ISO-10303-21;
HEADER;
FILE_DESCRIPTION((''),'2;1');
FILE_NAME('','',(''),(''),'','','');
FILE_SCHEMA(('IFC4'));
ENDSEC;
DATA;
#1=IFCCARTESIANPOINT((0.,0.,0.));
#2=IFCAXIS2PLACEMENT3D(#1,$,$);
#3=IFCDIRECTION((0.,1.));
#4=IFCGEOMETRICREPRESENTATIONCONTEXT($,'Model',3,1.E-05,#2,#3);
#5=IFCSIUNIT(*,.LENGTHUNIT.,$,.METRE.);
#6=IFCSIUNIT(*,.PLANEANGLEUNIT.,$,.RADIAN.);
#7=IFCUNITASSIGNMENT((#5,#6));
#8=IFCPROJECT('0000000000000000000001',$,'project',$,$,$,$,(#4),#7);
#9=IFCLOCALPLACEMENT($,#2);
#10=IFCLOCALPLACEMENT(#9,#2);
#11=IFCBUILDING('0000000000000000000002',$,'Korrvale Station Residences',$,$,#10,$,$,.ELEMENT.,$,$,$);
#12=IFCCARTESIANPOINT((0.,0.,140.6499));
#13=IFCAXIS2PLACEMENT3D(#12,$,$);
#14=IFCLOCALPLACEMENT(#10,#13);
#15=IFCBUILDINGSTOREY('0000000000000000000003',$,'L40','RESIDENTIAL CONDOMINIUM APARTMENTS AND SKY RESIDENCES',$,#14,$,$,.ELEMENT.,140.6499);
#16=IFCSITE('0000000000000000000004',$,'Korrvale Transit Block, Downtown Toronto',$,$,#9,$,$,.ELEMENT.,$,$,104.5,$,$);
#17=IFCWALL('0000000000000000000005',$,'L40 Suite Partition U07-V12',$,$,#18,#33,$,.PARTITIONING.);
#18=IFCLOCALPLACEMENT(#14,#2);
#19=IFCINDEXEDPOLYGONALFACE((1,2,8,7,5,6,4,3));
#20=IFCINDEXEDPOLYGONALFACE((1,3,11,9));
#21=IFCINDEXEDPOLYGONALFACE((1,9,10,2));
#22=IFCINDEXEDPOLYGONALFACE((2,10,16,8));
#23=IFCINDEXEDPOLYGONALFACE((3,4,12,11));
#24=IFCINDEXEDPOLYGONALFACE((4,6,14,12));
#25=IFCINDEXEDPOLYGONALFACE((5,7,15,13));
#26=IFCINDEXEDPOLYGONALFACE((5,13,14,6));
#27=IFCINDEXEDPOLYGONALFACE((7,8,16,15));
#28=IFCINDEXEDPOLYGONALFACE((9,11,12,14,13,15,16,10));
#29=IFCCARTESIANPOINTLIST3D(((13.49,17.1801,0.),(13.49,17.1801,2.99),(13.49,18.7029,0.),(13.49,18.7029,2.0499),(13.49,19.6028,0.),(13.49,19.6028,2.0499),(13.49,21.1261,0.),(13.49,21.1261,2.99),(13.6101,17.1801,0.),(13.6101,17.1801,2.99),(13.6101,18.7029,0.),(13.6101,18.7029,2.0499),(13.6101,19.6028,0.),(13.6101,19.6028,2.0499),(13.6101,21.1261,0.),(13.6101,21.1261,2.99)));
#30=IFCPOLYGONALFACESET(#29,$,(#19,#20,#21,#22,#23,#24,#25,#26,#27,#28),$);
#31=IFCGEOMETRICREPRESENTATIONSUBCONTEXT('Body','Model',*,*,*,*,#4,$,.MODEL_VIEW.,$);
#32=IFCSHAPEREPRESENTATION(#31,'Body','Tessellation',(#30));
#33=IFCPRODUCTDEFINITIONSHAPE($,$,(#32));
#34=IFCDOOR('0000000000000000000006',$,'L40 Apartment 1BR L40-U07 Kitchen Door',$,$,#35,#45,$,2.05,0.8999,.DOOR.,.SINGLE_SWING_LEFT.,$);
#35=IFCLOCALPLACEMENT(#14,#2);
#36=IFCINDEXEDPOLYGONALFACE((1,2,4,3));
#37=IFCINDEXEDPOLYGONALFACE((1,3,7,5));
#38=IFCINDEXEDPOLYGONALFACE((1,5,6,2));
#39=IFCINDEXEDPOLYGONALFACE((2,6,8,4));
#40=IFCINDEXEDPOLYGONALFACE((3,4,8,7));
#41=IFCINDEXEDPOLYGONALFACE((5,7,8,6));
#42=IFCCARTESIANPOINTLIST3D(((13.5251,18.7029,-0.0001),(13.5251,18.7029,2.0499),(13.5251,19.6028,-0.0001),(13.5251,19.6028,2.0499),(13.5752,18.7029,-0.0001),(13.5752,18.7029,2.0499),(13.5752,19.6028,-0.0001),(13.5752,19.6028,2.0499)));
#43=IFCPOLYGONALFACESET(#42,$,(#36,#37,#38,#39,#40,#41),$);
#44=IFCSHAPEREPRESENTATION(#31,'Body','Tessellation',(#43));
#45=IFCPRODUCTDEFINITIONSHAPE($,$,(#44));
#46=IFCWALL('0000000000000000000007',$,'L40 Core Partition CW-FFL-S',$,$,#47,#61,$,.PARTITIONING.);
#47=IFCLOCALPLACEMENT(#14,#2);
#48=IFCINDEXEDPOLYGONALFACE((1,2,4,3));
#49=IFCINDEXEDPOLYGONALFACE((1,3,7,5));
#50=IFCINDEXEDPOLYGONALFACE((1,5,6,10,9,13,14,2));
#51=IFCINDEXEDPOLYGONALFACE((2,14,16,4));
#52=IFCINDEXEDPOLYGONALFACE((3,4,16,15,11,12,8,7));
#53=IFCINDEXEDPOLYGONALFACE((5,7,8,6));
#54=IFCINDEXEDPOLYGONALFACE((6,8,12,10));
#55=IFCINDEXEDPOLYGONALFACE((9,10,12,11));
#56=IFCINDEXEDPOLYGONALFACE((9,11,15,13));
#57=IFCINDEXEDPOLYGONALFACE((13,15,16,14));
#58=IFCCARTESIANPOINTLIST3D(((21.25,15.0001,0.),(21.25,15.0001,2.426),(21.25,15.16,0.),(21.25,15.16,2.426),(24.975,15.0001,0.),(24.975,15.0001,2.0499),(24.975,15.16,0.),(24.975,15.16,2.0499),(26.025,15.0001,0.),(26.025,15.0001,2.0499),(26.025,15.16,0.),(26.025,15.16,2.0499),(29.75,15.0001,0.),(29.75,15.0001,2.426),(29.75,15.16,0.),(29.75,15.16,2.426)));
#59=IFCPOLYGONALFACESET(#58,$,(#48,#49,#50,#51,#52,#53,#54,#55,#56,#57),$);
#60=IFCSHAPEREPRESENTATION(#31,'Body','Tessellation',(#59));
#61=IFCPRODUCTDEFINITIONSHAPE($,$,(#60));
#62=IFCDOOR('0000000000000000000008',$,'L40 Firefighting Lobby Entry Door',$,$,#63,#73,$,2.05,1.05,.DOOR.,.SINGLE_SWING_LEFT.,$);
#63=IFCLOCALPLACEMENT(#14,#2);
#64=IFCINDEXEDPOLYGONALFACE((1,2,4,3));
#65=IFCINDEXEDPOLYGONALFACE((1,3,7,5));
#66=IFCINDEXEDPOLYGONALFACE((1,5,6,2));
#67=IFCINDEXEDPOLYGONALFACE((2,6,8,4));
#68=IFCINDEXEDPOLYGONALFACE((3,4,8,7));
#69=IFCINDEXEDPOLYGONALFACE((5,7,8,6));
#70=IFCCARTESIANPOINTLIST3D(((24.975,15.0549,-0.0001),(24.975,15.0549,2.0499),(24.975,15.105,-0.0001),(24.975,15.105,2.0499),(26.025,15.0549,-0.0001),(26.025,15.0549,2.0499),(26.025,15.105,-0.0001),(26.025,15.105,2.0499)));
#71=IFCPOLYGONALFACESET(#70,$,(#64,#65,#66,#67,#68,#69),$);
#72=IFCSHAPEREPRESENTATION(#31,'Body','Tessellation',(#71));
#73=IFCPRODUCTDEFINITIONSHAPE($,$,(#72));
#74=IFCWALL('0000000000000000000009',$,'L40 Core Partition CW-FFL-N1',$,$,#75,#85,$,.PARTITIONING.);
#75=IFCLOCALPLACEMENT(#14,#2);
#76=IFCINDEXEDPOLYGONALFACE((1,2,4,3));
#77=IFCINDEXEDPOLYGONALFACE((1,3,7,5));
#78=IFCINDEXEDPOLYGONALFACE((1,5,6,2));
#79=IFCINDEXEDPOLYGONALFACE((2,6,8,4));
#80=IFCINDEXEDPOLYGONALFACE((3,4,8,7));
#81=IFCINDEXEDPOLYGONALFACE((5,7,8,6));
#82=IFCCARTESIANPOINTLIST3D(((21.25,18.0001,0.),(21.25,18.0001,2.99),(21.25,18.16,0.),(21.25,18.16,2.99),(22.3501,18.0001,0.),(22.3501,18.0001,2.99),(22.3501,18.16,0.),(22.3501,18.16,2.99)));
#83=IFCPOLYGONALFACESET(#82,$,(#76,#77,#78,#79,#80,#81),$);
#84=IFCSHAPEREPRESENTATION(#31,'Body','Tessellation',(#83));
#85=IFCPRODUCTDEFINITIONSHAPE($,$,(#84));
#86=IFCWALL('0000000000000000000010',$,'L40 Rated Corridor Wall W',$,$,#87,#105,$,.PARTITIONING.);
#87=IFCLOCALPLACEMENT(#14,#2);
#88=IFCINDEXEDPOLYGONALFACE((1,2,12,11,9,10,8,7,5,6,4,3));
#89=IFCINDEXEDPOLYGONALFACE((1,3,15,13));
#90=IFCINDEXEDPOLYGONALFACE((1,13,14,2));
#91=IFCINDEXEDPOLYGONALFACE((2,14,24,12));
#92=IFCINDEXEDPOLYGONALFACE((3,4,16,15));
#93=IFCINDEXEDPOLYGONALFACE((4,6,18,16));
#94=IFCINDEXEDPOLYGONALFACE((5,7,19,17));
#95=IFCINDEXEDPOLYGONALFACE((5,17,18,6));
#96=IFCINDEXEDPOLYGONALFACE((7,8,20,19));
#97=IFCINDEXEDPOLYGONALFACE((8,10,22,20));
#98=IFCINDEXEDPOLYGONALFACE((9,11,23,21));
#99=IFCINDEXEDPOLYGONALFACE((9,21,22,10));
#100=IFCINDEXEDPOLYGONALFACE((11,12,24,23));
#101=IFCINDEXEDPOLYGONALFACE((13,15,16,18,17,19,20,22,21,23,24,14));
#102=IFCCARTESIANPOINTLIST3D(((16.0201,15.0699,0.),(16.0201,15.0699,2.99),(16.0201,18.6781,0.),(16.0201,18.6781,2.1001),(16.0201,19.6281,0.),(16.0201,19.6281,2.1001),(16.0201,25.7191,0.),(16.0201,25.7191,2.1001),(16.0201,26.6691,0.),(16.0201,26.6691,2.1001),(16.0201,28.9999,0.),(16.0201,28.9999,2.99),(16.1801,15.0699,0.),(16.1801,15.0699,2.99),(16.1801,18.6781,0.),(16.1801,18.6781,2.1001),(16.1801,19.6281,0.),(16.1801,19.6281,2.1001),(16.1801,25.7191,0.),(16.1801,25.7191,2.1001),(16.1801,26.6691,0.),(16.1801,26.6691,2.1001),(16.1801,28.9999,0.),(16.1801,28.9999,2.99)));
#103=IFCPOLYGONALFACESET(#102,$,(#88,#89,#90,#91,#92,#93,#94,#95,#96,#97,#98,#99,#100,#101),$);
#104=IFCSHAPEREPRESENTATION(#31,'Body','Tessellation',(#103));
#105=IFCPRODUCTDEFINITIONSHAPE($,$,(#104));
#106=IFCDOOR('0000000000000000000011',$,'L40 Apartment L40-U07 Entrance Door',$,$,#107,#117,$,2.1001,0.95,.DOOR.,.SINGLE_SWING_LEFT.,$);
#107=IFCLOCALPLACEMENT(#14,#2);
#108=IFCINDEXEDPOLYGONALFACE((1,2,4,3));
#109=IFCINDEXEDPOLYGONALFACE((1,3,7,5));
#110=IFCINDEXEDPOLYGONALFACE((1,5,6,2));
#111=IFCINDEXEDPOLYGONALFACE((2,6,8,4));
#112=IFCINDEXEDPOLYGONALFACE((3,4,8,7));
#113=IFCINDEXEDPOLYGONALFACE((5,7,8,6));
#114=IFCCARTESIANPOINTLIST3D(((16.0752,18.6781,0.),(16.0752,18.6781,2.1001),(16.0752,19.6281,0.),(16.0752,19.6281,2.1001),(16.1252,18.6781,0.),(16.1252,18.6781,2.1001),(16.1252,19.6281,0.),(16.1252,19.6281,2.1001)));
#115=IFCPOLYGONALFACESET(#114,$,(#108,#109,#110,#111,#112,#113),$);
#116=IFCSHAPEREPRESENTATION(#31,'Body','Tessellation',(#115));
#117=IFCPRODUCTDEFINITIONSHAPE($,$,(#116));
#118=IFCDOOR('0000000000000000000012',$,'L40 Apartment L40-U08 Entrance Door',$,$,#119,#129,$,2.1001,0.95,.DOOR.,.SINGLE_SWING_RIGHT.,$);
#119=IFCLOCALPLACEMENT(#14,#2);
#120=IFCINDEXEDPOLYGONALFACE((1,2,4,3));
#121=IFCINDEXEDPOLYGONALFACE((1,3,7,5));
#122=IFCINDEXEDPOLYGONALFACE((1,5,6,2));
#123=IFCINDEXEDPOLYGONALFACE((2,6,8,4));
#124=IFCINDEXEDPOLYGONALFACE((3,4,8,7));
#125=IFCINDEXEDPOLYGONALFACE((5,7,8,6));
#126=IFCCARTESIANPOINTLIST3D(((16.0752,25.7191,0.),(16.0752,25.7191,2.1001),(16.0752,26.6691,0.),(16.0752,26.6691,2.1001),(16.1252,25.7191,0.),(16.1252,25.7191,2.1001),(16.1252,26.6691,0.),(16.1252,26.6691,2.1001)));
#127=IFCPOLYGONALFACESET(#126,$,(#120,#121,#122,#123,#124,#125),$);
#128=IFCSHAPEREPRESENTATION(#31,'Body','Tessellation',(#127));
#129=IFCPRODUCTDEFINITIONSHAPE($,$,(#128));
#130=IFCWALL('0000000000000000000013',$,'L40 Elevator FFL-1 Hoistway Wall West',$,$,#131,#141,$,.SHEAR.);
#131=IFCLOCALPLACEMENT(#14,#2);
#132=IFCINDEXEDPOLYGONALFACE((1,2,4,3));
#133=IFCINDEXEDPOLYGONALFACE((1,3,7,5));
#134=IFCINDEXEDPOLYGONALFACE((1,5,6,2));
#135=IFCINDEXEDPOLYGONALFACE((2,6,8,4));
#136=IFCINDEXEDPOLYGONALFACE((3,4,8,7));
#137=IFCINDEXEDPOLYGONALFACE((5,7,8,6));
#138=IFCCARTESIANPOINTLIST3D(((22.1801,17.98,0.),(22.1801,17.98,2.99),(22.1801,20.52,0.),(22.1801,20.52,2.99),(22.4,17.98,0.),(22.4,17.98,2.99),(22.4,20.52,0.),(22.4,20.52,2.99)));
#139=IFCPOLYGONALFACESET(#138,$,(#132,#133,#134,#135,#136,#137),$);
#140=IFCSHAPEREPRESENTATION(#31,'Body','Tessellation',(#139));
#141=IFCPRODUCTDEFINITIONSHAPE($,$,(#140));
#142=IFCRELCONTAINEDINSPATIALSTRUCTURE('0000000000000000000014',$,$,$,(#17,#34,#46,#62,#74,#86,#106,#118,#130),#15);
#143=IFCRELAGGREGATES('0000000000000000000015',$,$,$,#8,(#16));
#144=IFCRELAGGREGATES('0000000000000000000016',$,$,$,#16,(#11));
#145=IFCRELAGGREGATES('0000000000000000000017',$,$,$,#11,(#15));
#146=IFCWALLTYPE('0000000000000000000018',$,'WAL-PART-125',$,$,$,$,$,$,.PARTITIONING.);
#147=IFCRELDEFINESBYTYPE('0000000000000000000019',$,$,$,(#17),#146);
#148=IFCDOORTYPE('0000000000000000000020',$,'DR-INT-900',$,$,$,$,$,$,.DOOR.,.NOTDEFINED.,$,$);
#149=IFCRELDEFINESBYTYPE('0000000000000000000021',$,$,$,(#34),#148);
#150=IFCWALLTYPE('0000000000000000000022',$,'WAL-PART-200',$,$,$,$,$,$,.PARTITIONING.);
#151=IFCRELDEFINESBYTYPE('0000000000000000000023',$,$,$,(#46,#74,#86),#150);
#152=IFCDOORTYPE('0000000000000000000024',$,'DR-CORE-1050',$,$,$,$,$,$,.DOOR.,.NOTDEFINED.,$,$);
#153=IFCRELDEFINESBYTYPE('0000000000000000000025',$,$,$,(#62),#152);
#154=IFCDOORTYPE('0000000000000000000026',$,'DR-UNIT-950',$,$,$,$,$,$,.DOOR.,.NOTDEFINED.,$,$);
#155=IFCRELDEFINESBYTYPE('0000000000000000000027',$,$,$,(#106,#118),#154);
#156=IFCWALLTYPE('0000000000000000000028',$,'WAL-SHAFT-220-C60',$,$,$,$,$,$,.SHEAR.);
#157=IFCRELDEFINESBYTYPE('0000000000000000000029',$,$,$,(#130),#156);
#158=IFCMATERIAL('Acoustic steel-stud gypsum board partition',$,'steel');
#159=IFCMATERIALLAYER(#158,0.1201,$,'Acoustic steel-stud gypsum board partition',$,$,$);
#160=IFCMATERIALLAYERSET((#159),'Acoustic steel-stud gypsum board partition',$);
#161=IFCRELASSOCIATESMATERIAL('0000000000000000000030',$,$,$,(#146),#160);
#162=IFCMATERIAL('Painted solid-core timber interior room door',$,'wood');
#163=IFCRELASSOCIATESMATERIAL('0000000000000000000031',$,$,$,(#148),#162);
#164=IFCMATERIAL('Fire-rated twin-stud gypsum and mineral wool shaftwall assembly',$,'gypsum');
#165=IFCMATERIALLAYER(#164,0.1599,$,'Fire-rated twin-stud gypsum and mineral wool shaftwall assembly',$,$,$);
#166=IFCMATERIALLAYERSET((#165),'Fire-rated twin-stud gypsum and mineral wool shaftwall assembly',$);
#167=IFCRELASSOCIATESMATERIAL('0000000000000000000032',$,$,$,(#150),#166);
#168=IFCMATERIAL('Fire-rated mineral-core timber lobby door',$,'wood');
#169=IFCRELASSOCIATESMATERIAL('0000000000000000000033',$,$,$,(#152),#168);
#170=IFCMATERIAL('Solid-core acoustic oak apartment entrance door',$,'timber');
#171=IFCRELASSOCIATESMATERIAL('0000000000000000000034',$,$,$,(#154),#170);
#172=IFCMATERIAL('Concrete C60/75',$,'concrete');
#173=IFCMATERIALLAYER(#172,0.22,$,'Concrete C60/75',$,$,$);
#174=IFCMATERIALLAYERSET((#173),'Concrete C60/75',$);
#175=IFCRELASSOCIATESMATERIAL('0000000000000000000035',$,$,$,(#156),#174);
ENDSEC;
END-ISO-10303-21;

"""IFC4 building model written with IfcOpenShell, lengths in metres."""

from ifc_helpers import new_model, si_unit, direction, frame, frame_2d, origin, place, context, subcontext, project, spatial, rectangle, extrude, material, layer, layer_set, type_object, element, fill, save


model = new_model("IFC4")

# Units and contexts
model_context = context("Model", 3, precision=1e-05, world=origin(), true_north=direction((0.0, 1.0)))
body_context = subcontext(model_context, "Body", "Model", "MODEL_VIEW")
ifc_project = project(units=[si_unit("LENGTHUNIT", "METRE"), si_unit("PLANEANGLEUNIT", "RADIAN")], contexts=[model_context])

# Site, building, storey
site_placement = place(None, origin())
site = spatial("IfcSite", under=ifc_project, at=site_placement, Name="Korrvale Transit Block, Downtown Toronto", CompositionType="ELEMENT", RefElevation=104.5)
building_placement = place(site_placement, origin())
building = spatial("IfcBuilding", under=site, at=building_placement, Name="Korrvale Station Residences", CompositionType="ELEMENT")
storey_placement = place(building_placement, frame((0.0, 0.0, 140.6499)))
storey = spatial("IfcBuildingStorey", under=building, at=storey_placement, Name="L40", Description="RESIDENTIAL CONDOMINIUM APARTMENTS AND SKY RESIDENCES", CompositionType="ELEMENT", Elevation=140.6499)

# Shared definitions
ifc_material_1 = material(Name="Concrete C60/75", Category="concrete")

# Shared definitions
ifc_material_2 = material(Name="Acoustic steel-stud gypsum board partition", Category="steel")
ifc_layer_1 = layer(ifc_material_2, 0.1201, Name="Acoustic steel-stud gypsum board partition")
ifc_layer_set_1 = layer_set([ifc_layer_1], Name="Acoustic steel-stud gypsum board partition")
wall_type_1 = type_object("IfcWallType", Name="WAL-PART-125", PredefinedType="PARTITIONING", material=ifc_layer_set_1)

# Walls, openings, doors
wall_1_placement = place(storey_placement, frame((13.55, 17.1799, 0.0), z_axis=(0.0, 0.0, 1.0), x_axis=(0.0, 1.0, 0.0)))
wall_1 = element("IfcWall", 1, at=wall_1_placement, inside=storey, type_object=wall_type_1, Name="L40 Suite Partition U07-V12", PredefinedType="PARTITIONING", context=body_context, shape_type="SweptSolid", body=[
    extrude(rectangle(XDim=3.946, YDim=0.1201, at=frame_2d((1.9731, 0.0))), origin(), (0.0, 0.0, 1.0), 2.99),
])
opening_1_placement = place(wall_1_placement, frame((1.5229, 0.0, 0.0)))
opening_1 = element("IfcOpeningElement", 2, at=opening_1_placement, cuts=wall_1, PredefinedType="OPENING", context=body_context, shape_type="SweptSolid", body=[
    extrude(rectangle(XDim=0.8999, YDim=2.05, at=frame_2d((0.45, 1.0249))), frame((0.0, 0.0701, 0.0), z_axis=(0.0, -1.0, 0.0), x_axis=(1.0, 0.0, 0.0)), (0.0, 0.0, 1.0), 0.1401),
])
ifc_material_3 = material(Name="Painted solid-core timber interior room door", Category="wood")
door_type_1 = type_object("IfcDoorType", Name="DR-INT-900", OperationType="NOTDEFINED", PredefinedType="DOOR", material=ifc_material_3)
door_1_placement = place(opening_1_placement, origin())
door_1 = element("IfcDoor", 3, at=door_1_placement, inside=storey, type_object=door_type_1, Name="L40 Apartment 1BR L40-U07 Kitchen Door", OperationType="SINGLE_SWING_LEFT", OverallHeight=2.05, OverallWidth=0.8999, PredefinedType="DOOR", context=body_context, shape_type="SweptSolid", body=[
    extrude(rectangle(XDim=0.8999, YDim=2.05, at=frame_2d((0.45, 1.0249))), frame((0.0, 0.0249, 0.0), z_axis=(0.0, -1.0, 0.0), x_axis=(1.0, 0.0, 0.0)), (0.0, 0.0, 1.0), 0.05),
])
fill(opening_1, door_1)
ifc_material_4 = material(Name="Fire-rated twin-stud gypsum and mineral wool shaftwall assembly", Category="gypsum")
ifc_layer_2 = layer(ifc_material_4, 0.1599, Name="Fire-rated twin-stud gypsum and mineral wool shaftwall assembly")
ifc_layer_set_2 = layer_set([ifc_layer_2], Name="Fire-rated twin-stud gypsum and mineral wool shaftwall assembly")
wall_type_2 = type_object("IfcWallType", Name="WAL-PART-200", PredefinedType="PARTITIONING", material=ifc_layer_set_2)
wall_2_placement = place(storey_placement, frame((21.25, 15.0801, 0.0), z_axis=(0.0, 0.0, 1.0), x_axis=(1.0, 0.0, 0.0)))
wall_2 = element("IfcWall", 4, at=wall_2_placement, inside=storey, type_object=wall_type_2, Name="L40 Core Partition CW-FFL-S", PredefinedType="PARTITIONING", context=body_context, shape_type="SweptSolid", body=[
    extrude(rectangle(XDim=8.5, YDim=0.1599, at=frame_2d((4.25, 0.0))), origin(), (0.0, 0.0, 1.0), 2.426),
])
opening_2_placement = place(wall_2_placement, frame((3.7251, 0.0, 0.0)))
opening_2 = element("IfcOpeningElement", 5, at=opening_2_placement, cuts=wall_2, PredefinedType="OPENING", context=body_context, shape_type="SweptSolid", body=[
    extrude(rectangle(XDim=1.05, YDim=2.05, at=frame_2d((0.5249, 1.0249))), frame((0.0, 0.0898, 0.0), z_axis=(0.0, -1.0, 0.0), x_axis=(1.0, 0.0, 0.0)), (0.0, 0.0, 1.0), 0.1799),
])
ifc_material_5 = material(Name="Fire-rated mineral-core timber lobby door", Category="wood")
door_type_2 = type_object("IfcDoorType", Name="DR-CORE-1050", OperationType="NOTDEFINED", PredefinedType="DOOR", material=ifc_material_5)
door_2_placement = place(opening_2_placement, origin())
door_2 = element("IfcDoor", 6, at=door_2_placement, inside=storey, type_object=door_type_2, Name="L40 Firefighting Lobby Entry Door", OperationType="SINGLE_SWING_LEFT", OverallHeight=2.05, OverallWidth=1.05, PredefinedType="DOOR", context=body_context, shape_type="SweptSolid", body=[
    extrude(rectangle(XDim=1.05, YDim=2.05, at=frame_2d((0.5249, 1.0249))), frame((0.0, 0.0249, 0.0), z_axis=(0.0, -1.0, 0.0), x_axis=(1.0, 0.0, 0.0)), (0.0, 0.0, 1.0), 0.05),
])
fill(opening_2, door_2)

# Wall
wall_3_placement = place(storey_placement, frame((21.25, 18.0801, 0.0), z_axis=(0.0, 0.0, 1.0), x_axis=(1.0, 0.0, 0.0)))
element("IfcWall", 7, at=wall_3_placement, inside=storey, type_object=wall_type_2, Name="L40 Core Partition CW-FFL-N1", PredefinedType="PARTITIONING", context=body_context, shape_type="SweptSolid", body=[
    extrude(rectangle(XDim=1.1001, YDim=0.1599, at=frame_2d((0.55, 0.0))), origin(), (0.0, 0.0, 1.0), 2.99),
])

# Wall, openings, doors
wall_4_placement = place(storey_placement, frame((16.1001, 15.0701, 0.0), z_axis=(0.0, 0.0, 1.0), x_axis=(0.0, 1.0, 0.0)))
wall_4 = element("IfcWall", 8, at=wall_4_placement, inside=storey, type_object=wall_type_2, Name="L40 Rated Corridor Wall W", PredefinedType="PARTITIONING", context=body_context, shape_type="SweptSolid", body=[
    extrude(rectangle(XDim=13.9299, YDim=0.1599, at=frame_2d((6.9648, 0.0))), origin(), (0.0, 0.0, 1.0), 2.99),
])
opening_3_placement = place(wall_4_placement, frame((3.6079, 0.0, 0.0)))
opening_3 = element("IfcOpeningElement", 9, at=opening_3_placement, cuts=wall_4, PredefinedType="OPENING", context=body_context, shape_type="SweptSolid", body=[
    extrude(rectangle(XDim=0.95, YDim=2.1001, at=frame_2d((0.4751, 1.05))), frame((0.0, 0.0898, 0.0), z_axis=(0.0, -1.0, 0.0), x_axis=(1.0, 0.0, 0.0)), (0.0, 0.0, 1.0), 0.1799),
])
opening_4_placement = place(wall_4_placement, frame((10.6489, 0.0, 0.0)))
opening_4 = element("IfcOpeningElement", 10, at=opening_4_placement, cuts=wall_4, PredefinedType="OPENING", context=body_context, shape_type="SweptSolid", body=[
    extrude(rectangle(XDim=0.95, YDim=2.1001, at=frame_2d((0.4751, 1.05))), frame((0.0, 0.0898, 0.0), z_axis=(0.0, -1.0, 0.0), x_axis=(1.0, 0.0, 0.0)), (0.0, 0.0, 1.0), 0.1799),
])
ifc_material_6 = material(Name="Solid-core acoustic oak apartment entrance door", Category="timber")
door_type_3 = type_object("IfcDoorType", Name="DR-UNIT-950", OperationType="NOTDEFINED", PredefinedType="DOOR", material=ifc_material_6)
door_3_placement = place(opening_3_placement, origin())
door_3 = element("IfcDoor", 11, at=door_3_placement, inside=storey, type_object=door_type_3, Name="L40 Apartment L40-U07 Entrance Door", OperationType="SINGLE_SWING_LEFT", OverallHeight=2.1001, OverallWidth=0.95, PredefinedType="DOOR", context=body_context, shape_type="SweptSolid", body=[
    extrude(rectangle(XDim=0.95, YDim=2.1001, at=frame_2d((0.4751, 1.05))), frame((0.0, 0.0249, 0.0), z_axis=(0.0, -1.0, 0.0), x_axis=(1.0, 0.0, 0.0)), (0.0, 0.0, 1.0), 0.05),
])
fill(opening_3, door_3)
door_4_placement = place(opening_4_placement, origin())
door_4 = element("IfcDoor", 12, at=door_4_placement, inside=storey, type_object=door_type_3, Name="L40 Apartment L40-U08 Entrance Door", OperationType="SINGLE_SWING_RIGHT", OverallHeight=2.1001, OverallWidth=0.95, PredefinedType="DOOR", context=body_context, shape_type="SweptSolid", body=[
    extrude(rectangle(XDim=0.95, YDim=2.1001, at=frame_2d((0.4751, 1.05))), frame((0.0, 0.0249, 0.0), z_axis=(0.0, -1.0, 0.0), x_axis=(1.0, 0.0, 0.0)), (0.0, 0.0, 1.0), 0.05),
])
fill(opening_4, door_4)

# Shared definitions
ifc_layer_3 = layer(ifc_material_1, 0.22, Name="Concrete C60/75")
ifc_layer_set_3 = layer_set([ifc_layer_3], Name="Concrete C60/75")
wall_type_3 = type_object("IfcWallType", Name="WAL-SHAFT-220-C60", PredefinedType="SHEAR", material=ifc_layer_set_3)

# Wall
wall_5_placement = place(storey_placement, frame((22.29, 17.98, 0.0), z_axis=(0.0, 0.0, 1.0), x_axis=(0.0, 1.0, 0.0)))
element("IfcWall", 13, at=wall_5_placement, inside=storey, type_object=wall_type_3, Name="L40 Elevator FFL-1 Hoistway Wall West", PredefinedType="SHEAR", context=body_context, shape_type="SweptSolid", body=[
    extrude(rectangle(XDim=2.54, YDim=0.22, at=frame_2d((1.27, 0.0))), origin(), (0.0, 0.0, 1.0), 2.99),
])

save(model, "model.ifc")
